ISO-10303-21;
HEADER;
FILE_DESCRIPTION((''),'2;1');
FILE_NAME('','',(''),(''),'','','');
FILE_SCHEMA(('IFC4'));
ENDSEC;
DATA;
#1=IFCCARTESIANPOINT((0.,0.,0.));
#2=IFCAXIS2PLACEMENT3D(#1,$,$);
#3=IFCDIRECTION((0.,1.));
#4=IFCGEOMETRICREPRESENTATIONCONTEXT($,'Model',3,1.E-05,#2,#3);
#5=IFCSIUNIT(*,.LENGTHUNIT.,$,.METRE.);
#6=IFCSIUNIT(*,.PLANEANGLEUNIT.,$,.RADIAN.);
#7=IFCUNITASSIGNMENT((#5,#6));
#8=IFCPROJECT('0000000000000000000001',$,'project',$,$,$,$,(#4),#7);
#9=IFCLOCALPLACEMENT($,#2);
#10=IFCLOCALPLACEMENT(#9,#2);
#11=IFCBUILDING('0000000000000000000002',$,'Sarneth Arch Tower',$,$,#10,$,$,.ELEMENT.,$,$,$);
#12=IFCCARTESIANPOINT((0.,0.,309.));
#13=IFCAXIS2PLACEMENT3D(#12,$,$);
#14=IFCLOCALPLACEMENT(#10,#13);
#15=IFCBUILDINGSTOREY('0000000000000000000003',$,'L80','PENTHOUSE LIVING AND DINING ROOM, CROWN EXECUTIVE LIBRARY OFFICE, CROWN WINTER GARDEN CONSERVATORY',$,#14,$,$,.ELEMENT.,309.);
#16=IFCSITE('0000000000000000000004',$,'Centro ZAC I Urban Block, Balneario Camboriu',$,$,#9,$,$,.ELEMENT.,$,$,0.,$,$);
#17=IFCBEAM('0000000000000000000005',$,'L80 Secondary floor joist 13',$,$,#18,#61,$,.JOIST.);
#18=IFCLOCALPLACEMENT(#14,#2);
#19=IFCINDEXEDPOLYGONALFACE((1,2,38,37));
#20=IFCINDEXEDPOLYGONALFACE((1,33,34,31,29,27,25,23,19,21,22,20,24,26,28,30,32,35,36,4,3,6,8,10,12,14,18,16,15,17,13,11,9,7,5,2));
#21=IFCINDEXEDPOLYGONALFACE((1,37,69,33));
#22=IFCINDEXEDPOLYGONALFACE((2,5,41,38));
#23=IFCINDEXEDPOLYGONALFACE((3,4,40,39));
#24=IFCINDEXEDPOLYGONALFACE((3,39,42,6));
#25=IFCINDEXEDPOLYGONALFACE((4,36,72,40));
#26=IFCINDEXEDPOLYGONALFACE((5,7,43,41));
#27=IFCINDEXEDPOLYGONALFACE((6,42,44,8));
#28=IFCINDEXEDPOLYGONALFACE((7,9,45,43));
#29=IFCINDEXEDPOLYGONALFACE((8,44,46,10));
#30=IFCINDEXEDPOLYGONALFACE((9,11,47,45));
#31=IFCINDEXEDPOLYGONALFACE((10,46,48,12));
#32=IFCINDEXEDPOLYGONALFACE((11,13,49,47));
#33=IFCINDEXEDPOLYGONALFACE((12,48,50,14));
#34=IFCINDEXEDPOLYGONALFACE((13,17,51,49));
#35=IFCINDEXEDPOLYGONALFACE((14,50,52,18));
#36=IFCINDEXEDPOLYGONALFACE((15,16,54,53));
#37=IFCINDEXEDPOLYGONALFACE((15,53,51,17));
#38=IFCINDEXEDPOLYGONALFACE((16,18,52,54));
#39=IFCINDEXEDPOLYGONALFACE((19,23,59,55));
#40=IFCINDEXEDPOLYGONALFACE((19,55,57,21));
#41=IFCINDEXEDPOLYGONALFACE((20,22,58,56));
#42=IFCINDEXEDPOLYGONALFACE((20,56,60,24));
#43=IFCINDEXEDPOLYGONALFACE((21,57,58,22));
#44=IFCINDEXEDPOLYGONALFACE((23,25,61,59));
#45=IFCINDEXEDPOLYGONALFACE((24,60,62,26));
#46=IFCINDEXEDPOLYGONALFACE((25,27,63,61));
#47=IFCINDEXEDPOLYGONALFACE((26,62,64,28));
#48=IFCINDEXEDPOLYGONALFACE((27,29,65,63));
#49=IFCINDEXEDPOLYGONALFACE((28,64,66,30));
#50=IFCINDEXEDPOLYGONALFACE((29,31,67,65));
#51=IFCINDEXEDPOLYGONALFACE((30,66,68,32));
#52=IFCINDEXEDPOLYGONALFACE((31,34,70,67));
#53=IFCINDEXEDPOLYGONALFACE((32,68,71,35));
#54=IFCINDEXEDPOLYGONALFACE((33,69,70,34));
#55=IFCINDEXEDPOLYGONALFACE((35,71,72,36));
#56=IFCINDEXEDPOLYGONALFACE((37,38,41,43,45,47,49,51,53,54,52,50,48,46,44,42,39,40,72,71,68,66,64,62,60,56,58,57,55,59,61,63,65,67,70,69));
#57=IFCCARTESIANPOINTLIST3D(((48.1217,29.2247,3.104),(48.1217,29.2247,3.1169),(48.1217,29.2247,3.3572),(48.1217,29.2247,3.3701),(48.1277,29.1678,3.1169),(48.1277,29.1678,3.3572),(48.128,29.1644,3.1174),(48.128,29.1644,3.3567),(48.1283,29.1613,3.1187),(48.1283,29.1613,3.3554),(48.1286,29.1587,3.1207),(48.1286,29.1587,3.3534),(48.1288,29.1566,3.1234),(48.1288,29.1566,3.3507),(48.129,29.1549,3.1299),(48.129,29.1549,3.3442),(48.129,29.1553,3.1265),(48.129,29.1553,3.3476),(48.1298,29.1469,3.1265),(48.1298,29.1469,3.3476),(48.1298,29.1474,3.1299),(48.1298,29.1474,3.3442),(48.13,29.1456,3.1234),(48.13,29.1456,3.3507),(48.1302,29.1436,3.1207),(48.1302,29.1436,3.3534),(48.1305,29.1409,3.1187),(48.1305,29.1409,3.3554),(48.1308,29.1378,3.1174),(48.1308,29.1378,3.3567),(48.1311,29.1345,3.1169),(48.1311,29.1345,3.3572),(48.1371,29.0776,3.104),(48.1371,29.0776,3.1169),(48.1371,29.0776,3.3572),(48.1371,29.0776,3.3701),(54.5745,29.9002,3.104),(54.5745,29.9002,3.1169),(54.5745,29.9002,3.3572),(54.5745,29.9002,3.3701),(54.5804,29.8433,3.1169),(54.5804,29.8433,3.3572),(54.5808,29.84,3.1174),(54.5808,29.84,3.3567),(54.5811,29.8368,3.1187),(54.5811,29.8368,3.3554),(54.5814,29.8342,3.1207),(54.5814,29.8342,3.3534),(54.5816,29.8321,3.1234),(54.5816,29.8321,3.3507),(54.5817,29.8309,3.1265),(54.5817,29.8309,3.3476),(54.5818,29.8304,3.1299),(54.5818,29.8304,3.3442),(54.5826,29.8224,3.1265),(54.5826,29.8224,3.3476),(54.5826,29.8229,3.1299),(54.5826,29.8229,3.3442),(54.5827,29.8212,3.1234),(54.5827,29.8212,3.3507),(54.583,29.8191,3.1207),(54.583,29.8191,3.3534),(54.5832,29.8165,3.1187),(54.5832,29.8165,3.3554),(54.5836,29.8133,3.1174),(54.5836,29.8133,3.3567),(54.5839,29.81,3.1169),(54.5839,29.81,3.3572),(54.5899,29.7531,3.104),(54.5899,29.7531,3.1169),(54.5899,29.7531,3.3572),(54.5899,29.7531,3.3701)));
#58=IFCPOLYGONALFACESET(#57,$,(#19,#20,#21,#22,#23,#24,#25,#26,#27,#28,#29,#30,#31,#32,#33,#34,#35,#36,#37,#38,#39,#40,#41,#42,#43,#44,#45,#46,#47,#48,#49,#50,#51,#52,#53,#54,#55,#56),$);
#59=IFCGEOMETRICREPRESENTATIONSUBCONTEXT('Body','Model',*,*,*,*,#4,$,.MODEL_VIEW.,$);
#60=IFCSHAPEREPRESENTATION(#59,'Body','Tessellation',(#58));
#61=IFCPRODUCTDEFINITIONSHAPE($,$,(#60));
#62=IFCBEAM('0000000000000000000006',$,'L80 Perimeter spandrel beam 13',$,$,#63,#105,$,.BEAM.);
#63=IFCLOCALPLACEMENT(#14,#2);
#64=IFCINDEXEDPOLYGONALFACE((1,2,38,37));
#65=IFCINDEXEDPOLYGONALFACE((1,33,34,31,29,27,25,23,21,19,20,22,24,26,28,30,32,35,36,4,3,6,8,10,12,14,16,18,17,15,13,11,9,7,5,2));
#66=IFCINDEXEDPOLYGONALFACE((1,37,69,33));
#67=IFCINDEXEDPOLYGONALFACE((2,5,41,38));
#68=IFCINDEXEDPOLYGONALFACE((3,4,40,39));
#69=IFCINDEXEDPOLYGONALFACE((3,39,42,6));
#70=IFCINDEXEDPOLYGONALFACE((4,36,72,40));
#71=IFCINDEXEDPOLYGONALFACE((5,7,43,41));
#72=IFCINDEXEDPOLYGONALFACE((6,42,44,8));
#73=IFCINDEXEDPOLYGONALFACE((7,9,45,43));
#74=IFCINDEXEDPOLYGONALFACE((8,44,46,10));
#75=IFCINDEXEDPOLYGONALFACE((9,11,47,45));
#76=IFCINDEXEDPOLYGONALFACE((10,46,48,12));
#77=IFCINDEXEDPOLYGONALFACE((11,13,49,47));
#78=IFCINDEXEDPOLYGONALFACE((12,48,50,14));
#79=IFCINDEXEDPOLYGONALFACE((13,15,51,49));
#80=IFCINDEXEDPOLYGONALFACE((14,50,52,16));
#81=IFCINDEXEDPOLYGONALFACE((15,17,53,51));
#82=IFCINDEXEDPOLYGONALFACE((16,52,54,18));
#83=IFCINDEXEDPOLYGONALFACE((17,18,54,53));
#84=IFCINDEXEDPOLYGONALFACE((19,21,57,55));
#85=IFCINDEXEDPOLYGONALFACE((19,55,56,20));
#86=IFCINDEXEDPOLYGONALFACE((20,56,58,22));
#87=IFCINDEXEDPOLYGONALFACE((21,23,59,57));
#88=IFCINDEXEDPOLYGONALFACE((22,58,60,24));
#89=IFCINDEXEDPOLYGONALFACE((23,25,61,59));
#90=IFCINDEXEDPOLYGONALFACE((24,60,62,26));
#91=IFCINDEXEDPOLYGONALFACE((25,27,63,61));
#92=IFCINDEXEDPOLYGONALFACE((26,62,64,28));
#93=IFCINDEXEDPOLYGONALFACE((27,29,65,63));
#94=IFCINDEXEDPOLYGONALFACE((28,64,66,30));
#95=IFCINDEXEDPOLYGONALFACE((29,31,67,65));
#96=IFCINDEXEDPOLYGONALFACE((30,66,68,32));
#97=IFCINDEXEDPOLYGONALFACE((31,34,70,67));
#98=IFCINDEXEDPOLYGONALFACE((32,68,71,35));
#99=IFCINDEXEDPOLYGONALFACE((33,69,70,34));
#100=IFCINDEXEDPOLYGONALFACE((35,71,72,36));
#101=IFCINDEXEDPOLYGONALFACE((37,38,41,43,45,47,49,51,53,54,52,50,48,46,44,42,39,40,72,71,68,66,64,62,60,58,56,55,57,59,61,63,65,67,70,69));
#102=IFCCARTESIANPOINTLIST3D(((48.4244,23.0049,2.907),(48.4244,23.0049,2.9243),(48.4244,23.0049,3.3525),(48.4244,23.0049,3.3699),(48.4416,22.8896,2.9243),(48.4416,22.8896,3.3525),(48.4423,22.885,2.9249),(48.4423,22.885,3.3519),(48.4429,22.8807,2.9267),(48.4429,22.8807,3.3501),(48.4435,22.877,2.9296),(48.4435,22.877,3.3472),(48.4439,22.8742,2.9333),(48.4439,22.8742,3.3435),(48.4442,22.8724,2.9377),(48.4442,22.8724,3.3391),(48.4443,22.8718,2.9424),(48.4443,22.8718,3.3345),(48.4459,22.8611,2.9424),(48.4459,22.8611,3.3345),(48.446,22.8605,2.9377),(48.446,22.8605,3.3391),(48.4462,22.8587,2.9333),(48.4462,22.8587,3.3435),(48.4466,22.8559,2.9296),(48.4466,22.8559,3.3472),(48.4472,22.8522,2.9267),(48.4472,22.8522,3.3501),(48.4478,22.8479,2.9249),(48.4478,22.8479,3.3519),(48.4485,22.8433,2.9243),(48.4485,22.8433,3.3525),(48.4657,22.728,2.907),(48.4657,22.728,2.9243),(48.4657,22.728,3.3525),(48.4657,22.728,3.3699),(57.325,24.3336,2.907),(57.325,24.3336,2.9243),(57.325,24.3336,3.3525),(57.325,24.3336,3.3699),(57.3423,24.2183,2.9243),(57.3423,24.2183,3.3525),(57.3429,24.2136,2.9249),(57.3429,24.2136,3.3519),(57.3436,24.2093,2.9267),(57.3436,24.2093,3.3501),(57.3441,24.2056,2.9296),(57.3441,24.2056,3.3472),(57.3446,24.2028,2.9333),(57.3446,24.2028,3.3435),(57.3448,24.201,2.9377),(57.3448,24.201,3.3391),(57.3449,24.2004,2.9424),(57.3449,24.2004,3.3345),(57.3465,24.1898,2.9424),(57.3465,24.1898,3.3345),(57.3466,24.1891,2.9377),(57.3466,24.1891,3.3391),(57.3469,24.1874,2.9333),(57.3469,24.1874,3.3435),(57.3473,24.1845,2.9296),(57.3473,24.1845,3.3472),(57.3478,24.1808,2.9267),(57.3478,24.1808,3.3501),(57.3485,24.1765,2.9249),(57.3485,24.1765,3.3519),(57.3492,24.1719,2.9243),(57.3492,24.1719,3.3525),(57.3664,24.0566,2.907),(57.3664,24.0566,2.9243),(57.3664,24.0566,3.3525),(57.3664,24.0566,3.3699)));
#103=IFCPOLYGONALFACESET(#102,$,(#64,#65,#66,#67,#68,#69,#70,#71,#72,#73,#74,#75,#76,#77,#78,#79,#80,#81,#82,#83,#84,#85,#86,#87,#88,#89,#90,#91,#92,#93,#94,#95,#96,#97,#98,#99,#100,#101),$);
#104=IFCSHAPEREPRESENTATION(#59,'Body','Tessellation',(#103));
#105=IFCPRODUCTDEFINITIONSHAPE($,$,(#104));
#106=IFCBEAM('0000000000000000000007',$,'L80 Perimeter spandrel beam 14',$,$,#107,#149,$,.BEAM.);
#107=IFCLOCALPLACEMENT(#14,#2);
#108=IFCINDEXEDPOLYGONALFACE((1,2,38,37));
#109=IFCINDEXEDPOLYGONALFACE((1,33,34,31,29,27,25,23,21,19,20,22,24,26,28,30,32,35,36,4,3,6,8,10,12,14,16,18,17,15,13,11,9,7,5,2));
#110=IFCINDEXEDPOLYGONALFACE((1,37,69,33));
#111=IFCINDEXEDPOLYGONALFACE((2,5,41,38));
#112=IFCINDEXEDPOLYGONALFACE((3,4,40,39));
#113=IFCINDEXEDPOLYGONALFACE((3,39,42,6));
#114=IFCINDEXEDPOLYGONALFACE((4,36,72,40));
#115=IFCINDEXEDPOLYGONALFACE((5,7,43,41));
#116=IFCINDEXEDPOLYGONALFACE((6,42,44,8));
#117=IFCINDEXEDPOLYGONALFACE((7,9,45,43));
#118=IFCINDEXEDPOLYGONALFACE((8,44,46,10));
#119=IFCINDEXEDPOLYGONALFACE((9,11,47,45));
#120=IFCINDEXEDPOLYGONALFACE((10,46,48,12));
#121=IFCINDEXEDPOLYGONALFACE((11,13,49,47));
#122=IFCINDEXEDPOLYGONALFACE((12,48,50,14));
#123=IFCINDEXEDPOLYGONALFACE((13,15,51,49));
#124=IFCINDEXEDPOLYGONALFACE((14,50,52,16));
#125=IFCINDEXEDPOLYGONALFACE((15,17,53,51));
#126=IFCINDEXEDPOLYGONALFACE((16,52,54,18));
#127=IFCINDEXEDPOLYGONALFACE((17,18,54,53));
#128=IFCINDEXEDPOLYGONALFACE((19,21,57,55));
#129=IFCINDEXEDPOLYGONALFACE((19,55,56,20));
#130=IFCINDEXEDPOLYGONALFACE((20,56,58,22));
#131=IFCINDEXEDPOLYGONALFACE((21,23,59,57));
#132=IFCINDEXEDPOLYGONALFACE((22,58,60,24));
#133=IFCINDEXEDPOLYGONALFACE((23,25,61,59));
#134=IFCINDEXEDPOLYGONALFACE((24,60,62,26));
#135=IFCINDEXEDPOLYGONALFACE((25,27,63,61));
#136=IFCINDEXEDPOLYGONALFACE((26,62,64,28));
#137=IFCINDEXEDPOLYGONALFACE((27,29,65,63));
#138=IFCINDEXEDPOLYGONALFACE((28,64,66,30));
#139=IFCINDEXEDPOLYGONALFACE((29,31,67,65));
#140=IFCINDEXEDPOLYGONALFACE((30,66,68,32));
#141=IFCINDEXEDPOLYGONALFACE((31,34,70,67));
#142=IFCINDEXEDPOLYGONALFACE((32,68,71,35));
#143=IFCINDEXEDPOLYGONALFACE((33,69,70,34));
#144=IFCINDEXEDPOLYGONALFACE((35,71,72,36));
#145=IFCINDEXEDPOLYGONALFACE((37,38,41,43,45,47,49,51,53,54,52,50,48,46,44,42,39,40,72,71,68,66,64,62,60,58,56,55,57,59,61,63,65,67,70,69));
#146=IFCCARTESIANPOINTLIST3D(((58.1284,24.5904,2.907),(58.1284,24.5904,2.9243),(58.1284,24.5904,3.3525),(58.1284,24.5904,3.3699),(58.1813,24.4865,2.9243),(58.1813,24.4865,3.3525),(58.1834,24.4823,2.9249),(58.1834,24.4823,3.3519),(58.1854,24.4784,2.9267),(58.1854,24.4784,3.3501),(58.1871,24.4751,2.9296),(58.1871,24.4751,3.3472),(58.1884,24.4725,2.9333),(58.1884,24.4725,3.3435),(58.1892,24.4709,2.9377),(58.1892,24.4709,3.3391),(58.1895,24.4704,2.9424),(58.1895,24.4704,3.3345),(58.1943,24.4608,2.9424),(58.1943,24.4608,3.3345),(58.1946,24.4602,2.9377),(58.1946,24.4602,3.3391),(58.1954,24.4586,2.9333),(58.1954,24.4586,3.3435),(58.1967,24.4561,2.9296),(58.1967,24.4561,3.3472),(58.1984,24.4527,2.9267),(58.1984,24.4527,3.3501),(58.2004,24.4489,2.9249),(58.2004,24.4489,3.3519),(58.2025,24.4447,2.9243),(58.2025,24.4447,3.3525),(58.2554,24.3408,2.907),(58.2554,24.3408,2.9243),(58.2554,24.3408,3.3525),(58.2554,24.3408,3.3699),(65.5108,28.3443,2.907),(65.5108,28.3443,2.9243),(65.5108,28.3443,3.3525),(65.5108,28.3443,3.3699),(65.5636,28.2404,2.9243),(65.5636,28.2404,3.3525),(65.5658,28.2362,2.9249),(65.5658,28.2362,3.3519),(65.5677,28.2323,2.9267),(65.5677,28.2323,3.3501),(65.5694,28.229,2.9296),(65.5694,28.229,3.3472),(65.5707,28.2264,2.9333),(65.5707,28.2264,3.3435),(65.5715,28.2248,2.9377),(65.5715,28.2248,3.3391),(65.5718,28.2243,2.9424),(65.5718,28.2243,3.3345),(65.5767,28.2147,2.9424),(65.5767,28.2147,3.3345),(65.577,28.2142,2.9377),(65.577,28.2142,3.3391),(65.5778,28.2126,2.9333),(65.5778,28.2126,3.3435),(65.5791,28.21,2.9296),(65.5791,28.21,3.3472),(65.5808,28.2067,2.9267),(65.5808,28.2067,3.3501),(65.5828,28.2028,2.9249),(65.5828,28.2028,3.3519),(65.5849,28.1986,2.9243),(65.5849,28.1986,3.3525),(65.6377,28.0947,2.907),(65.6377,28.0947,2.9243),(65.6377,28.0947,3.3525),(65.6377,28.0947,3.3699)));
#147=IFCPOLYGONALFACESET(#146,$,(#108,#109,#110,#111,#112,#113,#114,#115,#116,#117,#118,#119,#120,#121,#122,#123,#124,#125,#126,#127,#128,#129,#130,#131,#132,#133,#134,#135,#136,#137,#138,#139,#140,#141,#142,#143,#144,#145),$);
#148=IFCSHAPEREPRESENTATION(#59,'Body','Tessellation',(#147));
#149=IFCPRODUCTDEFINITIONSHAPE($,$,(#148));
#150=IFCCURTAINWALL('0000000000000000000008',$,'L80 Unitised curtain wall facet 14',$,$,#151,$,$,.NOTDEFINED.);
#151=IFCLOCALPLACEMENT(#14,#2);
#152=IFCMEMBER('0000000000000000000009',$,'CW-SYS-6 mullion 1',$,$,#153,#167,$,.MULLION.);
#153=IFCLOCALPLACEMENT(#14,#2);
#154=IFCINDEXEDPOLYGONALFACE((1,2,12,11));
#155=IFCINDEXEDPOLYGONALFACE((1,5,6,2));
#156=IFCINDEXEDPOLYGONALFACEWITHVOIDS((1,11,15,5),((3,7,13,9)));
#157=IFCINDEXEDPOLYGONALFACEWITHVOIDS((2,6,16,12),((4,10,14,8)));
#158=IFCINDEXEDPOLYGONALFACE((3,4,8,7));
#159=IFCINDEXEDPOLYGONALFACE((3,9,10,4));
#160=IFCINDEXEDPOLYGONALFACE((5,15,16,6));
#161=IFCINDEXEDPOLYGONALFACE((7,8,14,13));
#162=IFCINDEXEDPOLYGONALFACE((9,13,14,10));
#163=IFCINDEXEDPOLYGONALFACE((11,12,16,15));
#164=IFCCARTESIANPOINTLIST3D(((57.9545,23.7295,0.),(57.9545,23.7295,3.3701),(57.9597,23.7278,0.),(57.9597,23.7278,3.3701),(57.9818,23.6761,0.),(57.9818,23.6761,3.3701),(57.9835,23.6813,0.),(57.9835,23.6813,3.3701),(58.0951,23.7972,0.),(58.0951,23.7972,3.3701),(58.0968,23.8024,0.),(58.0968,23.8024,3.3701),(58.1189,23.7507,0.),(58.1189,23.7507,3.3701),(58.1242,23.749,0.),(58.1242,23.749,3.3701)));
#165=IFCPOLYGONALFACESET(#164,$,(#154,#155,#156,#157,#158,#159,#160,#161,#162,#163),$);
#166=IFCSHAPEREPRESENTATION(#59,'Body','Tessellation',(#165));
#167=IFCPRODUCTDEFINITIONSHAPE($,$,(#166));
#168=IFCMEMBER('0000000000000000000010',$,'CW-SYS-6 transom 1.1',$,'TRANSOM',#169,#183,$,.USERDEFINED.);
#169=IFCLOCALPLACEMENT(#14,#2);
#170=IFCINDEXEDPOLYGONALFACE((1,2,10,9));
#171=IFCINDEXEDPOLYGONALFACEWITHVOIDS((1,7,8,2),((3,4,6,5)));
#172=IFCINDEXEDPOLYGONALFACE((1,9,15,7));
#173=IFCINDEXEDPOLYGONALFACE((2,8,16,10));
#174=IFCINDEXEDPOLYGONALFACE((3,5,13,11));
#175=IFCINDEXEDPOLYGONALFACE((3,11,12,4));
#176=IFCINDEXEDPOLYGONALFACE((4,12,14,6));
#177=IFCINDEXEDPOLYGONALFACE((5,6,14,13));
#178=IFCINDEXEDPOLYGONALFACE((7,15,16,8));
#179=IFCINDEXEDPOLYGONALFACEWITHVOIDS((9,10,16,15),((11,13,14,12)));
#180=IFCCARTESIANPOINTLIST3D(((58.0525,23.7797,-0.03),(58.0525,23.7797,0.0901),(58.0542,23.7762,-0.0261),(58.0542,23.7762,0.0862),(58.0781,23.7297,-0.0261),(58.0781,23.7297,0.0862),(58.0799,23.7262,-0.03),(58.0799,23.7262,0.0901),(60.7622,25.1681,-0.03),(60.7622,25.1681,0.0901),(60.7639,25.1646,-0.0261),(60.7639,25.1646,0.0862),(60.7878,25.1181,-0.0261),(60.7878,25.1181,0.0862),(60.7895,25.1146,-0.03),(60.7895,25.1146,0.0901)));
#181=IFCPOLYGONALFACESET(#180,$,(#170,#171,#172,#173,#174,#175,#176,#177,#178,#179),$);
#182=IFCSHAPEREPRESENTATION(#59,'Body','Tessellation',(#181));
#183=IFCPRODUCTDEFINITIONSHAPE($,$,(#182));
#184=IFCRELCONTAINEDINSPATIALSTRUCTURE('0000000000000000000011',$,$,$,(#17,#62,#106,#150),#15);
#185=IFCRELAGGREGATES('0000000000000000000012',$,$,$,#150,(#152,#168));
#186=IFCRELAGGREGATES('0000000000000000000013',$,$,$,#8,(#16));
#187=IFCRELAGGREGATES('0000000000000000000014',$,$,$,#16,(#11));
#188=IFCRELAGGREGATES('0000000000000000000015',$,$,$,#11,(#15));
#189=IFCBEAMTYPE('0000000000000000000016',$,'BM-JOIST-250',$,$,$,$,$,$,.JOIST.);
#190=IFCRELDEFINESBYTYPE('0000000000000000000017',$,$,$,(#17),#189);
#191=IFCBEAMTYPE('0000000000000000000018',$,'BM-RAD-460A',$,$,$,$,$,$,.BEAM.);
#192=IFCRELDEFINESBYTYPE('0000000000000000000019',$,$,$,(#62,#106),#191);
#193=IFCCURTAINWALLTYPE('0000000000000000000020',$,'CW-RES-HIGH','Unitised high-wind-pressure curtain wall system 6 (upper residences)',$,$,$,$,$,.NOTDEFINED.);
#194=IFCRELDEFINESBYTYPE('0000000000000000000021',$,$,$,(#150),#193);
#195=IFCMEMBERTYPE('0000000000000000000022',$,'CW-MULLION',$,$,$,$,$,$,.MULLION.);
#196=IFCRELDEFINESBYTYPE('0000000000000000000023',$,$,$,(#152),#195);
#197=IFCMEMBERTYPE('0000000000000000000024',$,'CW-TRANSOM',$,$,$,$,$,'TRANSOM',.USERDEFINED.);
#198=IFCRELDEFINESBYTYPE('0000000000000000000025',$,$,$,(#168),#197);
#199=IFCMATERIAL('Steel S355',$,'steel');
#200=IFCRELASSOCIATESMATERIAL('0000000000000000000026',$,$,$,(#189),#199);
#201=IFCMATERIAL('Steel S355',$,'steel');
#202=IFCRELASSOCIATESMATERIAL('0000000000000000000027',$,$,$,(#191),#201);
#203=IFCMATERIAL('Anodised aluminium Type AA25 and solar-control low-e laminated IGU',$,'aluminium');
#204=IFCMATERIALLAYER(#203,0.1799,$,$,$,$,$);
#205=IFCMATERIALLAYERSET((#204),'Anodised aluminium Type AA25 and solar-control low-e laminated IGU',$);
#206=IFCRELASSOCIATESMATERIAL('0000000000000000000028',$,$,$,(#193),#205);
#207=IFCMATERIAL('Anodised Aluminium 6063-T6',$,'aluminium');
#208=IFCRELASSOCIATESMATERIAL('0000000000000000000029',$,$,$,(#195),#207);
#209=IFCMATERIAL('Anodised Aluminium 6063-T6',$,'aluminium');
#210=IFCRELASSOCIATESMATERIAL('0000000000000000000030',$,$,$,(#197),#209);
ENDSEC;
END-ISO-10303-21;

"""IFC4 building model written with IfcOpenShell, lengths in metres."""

from ifc_helpers import new_model, si_unit, direction, frame, origin, origin_2d, place, context, subcontext, project, spatial, hollow_rectangle, i_section, extrude, material, layer, layer_set, material_profile, profile_set, type_object, element, aggregate, save


model = new_model("IFC4")

# Units and contexts
model_context = context("Model", 3, precision=1e-05, world=origin(), true_north=direction((0.0, 1.0)))
body_context = subcontext(model_context, "Body", "Model", "MODEL_VIEW")
ifc_project = project(units=[si_unit("LENGTHUNIT", "METRE"), si_unit("PLANEANGLEUNIT", "RADIAN")], contexts=[model_context])

# Site, building, storey
site_placement = place(None, origin())
site = spatial("IfcSite", under=ifc_project, at=site_placement, Name="Centro ZAC I Urban Block, Balneario Camboriu", CompositionType="ELEMENT", RefElevation=0.0)
building_placement = place(site_placement, origin())
building = spatial("IfcBuilding", under=site, at=building_placement, Name="Sarneth Arch Tower", CompositionType="ELEMENT")
storey_placement = place(building_placement, frame((0.0, 0.0, 309.0)))
storey = spatial("IfcBuildingStorey", under=building, at=storey_placement, Name="L80", Description="PENTHOUSE LIVING AND DINING ROOM, CROWN EXECUTIVE LIBRARY OFFICE, CROWN WINTER GARDEN CONSERVATORY", CompositionType="ELEMENT", Elevation=309.0)

# Beams
ifc_material_1 = material(Name="Steel S355", Category="steel")
ifc_material_profile_1 = material_profile(ifc_material_1, i_section(OverallWidth=0.1479, OverallDepth=0.2661, WebThickness=0.0076, FlangeThickness=0.0129, FilletRadius=0.0129, at=origin_2d()), Name="W250x44.8")
ifc_profile_set_1 = profile_set([ifc_material_profile_1], Name="Steel S355")
beam_type_1 = type_object("IfcBeamType", Name="BM-JOIST-250", PredefinedType="JOIST", material=ifc_profile_set_1)
beam_1_placement = place(storey_placement, frame((48.1294, 29.1511, 3.2371), z_axis=(0.994565, 0.104119, 0.0), x_axis=(-0.104119, 0.994565, 0.0)))
element("IfcBeam", 1, at=beam_1_placement, inside=storey, type_object=beam_type_1, Name="L80 Secondary floor joist 13", PredefinedType="JOIST", context=body_context, shape_type="SweptSolid", body=[
    extrude(i_section(OverallWidth=0.1479, OverallDepth=0.2661, WebThickness=0.0076, FlangeThickness=0.0129, FilletRadius=0.0129, at=origin_2d()), origin(), (0.0, 0.0, 1.0), 6.488),
])
ifc_material_2 = material(Name="Steel S355", Category="steel")
ifc_material_profile_2 = material_profile(ifc_material_2, i_section(OverallWidth=0.28, OverallDepth=0.4629, WebThickness=0.0107, FlangeThickness=0.0173, FilletRadius=0.0181, at=origin_2d()), Name="W460x113")
ifc_profile_set_2 = profile_set([ifc_material_profile_2], Name="Steel S355")
beam_type_2 = type_object("IfcBeamType", Name="BM-RAD-460A", PredefinedType="BEAM", material=ifc_profile_set_2)
beam_2_placement = place(storey_placement, frame((48.4451, 22.8665, 3.1384), z_axis=(0.989042, 0.147636, 0.0), x_axis=(-0.147636, 0.989042, 0.0)))
element("IfcBeam", 2, at=beam_2_placement, inside=storey, type_object=beam_type_2, Name="L80 Perimeter spandrel beam 13", PredefinedType="BEAM", context=body_context, shape_type="SweptSolid", body=[
    extrude(i_section(OverallWidth=0.28, OverallDepth=0.4629, WebThickness=0.0107, FlangeThickness=0.0173, FilletRadius=0.0181, at=origin_2d()), origin(), (0.0, 0.0, 1.0), 8.9993),
])
beam_3_placement = place(storey_placement, frame((58.1919, 24.4656, 3.1384), z_axis=(0.891376, 0.453264, 0.0), x_axis=(-0.453264, 0.891376, 0.0)))
element("IfcBeam", 3, at=beam_3_placement, inside=storey, type_object=beam_type_2, Name="L80 Perimeter spandrel beam 14", PredefinedType="BEAM", context=body_context, shape_type="SweptSolid", body=[
    extrude(i_section(OverallWidth=0.28, OverallDepth=0.4629, WebThickness=0.0107, FlangeThickness=0.0173, FilletRadius=0.0181, at=origin_2d()), origin(), (0.0, 0.0, 1.0), 8.282),
])

# Curtain wall, members
ifc_material_3 = material(Name="Anodised aluminium Type AA25 and solar-control low-e laminated IGU", Category="aluminium")
ifc_layer_1 = layer(ifc_material_3, 0.1799)
ifc_layer_set_1 = layer_set([ifc_layer_1], Name="Anodised aluminium Type AA25 and solar-control low-e laminated IGU")
curtain_wall_type = type_object("IfcCurtainWallType", Name="CW-RES-HIGH", Description="Unitised high-wind-pressure curtain wall system 6 (upper residences)", PredefinedType="NOTDEFINED", material=ifc_layer_set_1)
curtain_wall_placement = place(storey_placement, origin())
curtain_wall = element("IfcCurtainWall", 4, at=curtain_wall_placement, inside=storey, type_object=curtain_wall_type, Name="L80 Unitised curtain wall facet 14", PredefinedType="NOTDEFINED")
ifc_material_4 = material(Name="Anodised Aluminium 6063-T6", Category="aluminium")
ifc_material_profile_3 = material_profile(ifc_material_4, hollow_rectangle(XDim=0.0601, YDim=0.1599, WallThickness=0.0039, at=origin_2d()), Name="AL-MULL-160x60x4")
ifc_profile_set_3 = profile_set([ifc_material_profile_3], Name="Anodised Aluminium 6063-T6")
member_type_1 = type_object("IfcMemberType", Name="CW-MULLION", PredefinedType="MULLION", material=ifc_profile_set_3)
member_1_placement = place(storey_placement, frame((58.0393, 23.7393, 0.0), z_axis=(0.0, 0.0, 1.0), x_axis=(-0.455942, 0.89001, 0.0)))
member_1 = element("IfcMember", 5, at=member_1_placement, type_object=member_type_1, Name="CW-SYS-6 mullion 1", PredefinedType="MULLION", context=body_context, shape_type="SweptSolid", body=[
    extrude(hollow_rectangle(XDim=0.0601, YDim=0.1599, WallThickness=0.0039, at=origin_2d()), origin(), (0.0, 0.0, 1.0), 3.3701),
])
ifc_material_5 = material(Name="Anodised Aluminium 6063-T6", Category="aluminium")
ifc_material_profile_4 = material_profile(ifc_material_5, hollow_rectangle(XDim=0.0601, YDim=0.1201, WallThickness=0.0039, at=origin_2d()), Name="AL-TRAN-120x60x4")
ifc_profile_set_4 = profile_set([ifc_material_profile_4], Name="Anodised Aluminium 6063-T6")
member_type_2 = type_object("IfcMemberType", Name="CW-TRANSOM", ElementType="TRANSOM", PredefinedType="USERDEFINED", material=ifc_profile_set_4)
member_2_placement = place(storey_placement, frame((58.0662, 23.7529, 0.03), z_axis=(0.889974, 0.456012, 0.0), x_axis=(-0.456012, 0.889974, 0.0)))
member_2 = element("IfcMember", 6, at=member_2_placement, type_object=member_type_2, Name="CW-SYS-6 transom 1.1", ObjectType="TRANSOM", PredefinedType="USERDEFINED", context=body_context, shape_type="SweptSolid", body=[
    extrude(hollow_rectangle(XDim=0.0601, YDim=0.1201, WallThickness=0.0039, at=origin_2d()), origin(), (0.0, 0.0, 1.0), 3.0447),
])

aggregate(curtain_wall, [member_1, member_2])

save(model, "model.ifc")
